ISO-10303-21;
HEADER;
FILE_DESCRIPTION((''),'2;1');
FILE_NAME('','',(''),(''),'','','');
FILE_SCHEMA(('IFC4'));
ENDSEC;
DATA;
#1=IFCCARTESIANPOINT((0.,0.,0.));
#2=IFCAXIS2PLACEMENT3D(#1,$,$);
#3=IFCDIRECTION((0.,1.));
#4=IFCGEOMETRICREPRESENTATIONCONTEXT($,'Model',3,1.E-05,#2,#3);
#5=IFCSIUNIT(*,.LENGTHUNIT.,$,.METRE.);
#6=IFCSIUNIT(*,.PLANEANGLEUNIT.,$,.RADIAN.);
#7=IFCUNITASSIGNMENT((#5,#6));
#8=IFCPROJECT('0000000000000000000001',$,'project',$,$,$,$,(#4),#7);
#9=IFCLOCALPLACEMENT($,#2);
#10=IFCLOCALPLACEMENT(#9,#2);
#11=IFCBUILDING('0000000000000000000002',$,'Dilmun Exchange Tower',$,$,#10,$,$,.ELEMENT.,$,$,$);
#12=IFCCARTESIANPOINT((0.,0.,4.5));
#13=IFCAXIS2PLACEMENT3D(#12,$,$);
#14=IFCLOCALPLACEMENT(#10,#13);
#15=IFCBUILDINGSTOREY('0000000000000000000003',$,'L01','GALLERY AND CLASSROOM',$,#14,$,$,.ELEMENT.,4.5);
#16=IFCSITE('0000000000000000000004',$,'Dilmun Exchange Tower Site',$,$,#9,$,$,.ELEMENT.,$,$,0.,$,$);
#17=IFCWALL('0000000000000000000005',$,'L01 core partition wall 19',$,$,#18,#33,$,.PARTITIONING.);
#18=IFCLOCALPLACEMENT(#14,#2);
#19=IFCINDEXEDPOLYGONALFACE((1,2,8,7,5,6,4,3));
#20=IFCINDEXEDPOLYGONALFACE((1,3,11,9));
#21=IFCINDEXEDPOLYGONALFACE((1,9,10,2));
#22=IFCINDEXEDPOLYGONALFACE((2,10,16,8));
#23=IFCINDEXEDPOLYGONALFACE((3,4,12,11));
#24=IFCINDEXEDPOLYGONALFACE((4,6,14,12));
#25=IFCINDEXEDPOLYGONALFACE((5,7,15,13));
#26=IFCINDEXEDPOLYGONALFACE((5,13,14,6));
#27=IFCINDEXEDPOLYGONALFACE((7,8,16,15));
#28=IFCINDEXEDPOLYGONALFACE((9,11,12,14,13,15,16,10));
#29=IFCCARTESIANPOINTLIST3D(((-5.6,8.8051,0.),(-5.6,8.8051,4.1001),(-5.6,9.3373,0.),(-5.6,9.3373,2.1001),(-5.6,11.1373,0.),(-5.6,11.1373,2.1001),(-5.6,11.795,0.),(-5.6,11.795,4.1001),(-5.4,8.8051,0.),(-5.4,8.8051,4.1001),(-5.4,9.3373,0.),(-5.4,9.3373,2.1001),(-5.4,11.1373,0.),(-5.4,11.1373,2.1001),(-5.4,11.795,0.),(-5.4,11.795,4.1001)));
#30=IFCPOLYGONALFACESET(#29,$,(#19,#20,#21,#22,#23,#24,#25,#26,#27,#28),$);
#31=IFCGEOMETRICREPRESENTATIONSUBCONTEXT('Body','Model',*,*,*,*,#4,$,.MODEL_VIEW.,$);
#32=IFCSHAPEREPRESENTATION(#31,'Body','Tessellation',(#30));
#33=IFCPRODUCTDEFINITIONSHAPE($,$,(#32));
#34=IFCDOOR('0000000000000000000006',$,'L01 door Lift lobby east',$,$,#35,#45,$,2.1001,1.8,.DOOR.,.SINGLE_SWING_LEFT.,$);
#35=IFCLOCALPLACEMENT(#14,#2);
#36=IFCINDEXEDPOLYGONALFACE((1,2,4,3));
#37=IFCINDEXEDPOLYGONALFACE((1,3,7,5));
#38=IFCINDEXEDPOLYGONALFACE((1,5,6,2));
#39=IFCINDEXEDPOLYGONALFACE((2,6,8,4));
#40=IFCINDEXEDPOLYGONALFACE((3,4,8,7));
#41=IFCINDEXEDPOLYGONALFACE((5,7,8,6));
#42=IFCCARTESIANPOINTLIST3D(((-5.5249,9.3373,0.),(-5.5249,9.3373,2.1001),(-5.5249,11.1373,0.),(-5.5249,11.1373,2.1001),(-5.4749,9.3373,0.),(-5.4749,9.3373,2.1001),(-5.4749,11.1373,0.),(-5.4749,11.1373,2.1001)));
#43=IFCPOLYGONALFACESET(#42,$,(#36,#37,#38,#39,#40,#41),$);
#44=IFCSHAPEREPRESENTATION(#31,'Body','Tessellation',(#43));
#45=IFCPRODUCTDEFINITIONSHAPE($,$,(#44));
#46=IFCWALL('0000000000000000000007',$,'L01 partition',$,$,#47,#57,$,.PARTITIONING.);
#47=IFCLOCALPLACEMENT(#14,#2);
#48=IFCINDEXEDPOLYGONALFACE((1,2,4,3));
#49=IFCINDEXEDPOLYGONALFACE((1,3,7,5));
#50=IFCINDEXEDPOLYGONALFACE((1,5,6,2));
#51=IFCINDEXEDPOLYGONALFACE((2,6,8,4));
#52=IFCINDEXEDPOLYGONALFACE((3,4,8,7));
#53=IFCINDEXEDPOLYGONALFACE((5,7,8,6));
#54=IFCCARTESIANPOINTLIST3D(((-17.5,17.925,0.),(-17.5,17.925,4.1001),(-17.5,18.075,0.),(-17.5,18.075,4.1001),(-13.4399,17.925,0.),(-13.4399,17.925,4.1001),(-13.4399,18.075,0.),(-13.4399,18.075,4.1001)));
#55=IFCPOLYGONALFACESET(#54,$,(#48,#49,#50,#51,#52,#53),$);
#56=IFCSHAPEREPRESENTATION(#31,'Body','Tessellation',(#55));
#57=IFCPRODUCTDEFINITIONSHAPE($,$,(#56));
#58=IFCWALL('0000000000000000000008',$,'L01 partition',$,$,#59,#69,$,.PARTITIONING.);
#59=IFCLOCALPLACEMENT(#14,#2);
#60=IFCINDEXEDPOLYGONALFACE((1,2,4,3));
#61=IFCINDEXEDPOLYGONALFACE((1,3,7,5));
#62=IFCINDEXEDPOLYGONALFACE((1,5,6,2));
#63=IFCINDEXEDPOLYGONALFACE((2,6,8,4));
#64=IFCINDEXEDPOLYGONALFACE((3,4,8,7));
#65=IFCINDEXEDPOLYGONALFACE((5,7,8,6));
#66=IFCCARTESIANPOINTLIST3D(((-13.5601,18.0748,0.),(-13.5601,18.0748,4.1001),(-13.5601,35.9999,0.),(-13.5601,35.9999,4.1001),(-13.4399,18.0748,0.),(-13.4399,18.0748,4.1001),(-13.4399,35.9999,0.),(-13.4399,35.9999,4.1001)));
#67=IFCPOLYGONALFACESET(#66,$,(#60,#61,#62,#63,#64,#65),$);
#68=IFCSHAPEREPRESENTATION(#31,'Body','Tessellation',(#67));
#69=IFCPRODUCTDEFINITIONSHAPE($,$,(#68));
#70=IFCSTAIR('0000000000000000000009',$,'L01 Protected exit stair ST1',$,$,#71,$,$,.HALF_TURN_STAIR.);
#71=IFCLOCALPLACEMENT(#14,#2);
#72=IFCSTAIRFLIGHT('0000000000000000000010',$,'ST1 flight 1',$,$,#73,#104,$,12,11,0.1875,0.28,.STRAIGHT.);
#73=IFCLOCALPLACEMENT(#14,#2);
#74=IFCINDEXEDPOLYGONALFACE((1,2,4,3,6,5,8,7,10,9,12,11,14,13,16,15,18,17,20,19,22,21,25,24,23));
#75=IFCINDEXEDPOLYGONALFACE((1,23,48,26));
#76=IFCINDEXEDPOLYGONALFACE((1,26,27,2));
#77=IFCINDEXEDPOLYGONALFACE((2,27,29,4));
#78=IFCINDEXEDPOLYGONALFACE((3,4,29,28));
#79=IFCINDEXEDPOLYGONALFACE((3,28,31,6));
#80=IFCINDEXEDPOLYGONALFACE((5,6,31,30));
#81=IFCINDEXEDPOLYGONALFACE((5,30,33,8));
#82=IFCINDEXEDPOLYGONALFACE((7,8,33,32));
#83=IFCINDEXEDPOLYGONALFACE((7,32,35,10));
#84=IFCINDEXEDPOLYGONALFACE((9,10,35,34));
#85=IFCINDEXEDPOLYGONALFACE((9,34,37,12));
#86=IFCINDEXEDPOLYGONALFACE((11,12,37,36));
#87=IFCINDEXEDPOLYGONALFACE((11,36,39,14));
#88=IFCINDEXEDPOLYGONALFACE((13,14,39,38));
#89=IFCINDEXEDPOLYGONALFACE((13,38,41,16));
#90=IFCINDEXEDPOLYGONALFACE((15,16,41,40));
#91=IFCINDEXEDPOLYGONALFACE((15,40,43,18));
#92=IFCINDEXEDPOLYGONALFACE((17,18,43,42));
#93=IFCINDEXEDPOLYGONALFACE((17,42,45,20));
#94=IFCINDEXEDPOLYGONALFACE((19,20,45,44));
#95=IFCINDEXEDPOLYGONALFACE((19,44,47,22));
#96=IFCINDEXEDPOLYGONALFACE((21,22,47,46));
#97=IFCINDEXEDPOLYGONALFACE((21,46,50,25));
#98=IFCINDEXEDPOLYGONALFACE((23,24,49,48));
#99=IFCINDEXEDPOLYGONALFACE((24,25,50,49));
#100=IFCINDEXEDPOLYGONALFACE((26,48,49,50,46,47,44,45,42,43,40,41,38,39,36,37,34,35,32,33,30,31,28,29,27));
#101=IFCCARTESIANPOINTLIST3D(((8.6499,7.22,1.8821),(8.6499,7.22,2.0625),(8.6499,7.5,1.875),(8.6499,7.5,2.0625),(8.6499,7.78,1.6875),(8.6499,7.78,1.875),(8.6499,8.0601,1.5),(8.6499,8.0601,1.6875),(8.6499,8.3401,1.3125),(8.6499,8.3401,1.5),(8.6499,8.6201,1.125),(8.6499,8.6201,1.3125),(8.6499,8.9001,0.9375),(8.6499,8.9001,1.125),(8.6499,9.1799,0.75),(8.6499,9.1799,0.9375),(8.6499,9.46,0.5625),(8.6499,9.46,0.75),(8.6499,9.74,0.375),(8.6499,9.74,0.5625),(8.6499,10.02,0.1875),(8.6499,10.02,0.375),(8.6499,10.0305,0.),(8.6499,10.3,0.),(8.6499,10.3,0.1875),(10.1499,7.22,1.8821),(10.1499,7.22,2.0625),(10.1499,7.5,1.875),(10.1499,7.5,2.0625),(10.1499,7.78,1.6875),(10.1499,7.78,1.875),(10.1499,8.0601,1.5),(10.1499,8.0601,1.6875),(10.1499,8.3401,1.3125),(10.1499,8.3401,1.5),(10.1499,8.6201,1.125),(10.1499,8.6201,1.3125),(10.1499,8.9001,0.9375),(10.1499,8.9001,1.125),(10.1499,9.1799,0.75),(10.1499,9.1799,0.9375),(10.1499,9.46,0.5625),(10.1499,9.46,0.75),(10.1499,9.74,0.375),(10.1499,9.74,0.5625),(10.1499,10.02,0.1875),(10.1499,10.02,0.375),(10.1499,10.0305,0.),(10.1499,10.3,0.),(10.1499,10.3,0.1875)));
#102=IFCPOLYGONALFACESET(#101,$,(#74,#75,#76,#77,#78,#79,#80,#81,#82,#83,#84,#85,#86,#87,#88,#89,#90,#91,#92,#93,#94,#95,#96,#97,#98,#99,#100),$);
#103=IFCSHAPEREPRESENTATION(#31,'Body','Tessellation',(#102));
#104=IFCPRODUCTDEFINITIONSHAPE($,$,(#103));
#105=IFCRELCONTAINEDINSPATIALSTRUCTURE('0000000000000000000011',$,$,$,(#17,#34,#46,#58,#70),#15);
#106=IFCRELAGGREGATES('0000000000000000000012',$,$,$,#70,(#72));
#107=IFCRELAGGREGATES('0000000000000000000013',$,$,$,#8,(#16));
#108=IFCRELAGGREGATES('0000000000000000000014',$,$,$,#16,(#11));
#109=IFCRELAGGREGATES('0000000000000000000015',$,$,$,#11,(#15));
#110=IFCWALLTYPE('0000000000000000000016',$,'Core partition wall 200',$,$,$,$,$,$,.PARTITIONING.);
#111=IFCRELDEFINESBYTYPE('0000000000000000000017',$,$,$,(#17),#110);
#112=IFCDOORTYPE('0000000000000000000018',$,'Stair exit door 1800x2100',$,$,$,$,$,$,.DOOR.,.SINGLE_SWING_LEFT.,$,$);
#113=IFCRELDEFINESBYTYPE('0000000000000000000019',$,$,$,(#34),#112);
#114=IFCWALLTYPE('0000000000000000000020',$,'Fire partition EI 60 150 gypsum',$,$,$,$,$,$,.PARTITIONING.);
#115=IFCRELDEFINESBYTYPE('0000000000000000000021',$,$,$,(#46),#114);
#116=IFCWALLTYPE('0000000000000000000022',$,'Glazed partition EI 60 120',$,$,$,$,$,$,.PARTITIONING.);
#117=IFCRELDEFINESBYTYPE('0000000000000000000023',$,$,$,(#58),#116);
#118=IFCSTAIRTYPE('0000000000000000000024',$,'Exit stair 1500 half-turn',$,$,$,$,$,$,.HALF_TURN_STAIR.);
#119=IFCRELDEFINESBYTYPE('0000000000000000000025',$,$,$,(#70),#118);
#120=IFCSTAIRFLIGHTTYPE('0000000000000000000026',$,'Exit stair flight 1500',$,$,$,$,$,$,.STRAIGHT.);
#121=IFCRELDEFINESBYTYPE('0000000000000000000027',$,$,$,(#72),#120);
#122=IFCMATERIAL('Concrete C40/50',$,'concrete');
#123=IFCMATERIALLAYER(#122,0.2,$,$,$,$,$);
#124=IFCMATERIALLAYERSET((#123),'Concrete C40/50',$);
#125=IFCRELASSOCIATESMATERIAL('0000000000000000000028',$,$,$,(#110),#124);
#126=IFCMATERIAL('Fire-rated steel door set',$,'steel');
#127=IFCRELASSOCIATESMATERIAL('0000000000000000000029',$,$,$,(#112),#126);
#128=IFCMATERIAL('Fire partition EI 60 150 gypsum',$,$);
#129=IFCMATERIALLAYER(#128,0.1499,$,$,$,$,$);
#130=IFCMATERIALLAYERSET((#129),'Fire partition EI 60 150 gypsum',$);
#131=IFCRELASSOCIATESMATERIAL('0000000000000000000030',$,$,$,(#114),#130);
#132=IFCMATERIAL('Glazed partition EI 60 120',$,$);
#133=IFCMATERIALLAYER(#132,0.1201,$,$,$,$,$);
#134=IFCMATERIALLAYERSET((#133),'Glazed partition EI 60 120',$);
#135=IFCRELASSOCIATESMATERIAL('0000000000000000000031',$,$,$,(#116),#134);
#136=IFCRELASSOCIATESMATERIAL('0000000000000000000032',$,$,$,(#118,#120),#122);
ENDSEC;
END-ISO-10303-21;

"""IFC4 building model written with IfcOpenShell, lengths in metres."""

from ifc_helpers import new_model, si_unit, direction, frame, frame_2d, origin, place, context, subcontext, project, spatial, polyline, rectangle, outline, extrude, material, layer, layer_set, type_object, element, fill, aggregate, save


model = new_model("IFC4")

# Units and contexts
model_context = context("Model", 3, precision=1e-05, world=origin(), true_north=direction((0.0, 1.0)))
body_context = subcontext(model_context, "Body", "Model", "MODEL_VIEW")
ifc_project = project(units=[si_unit("LENGTHUNIT", "METRE"), si_unit("PLANEANGLEUNIT", "RADIAN")], contexts=[model_context])

# Site, building, storey
site_placement = place(None, origin())
site = spatial("IfcSite", under=ifc_project, at=site_placement, Name="Dilmun Exchange Tower Site", CompositionType="ELEMENT", RefElevation=0.0)
building_placement = place(site_placement, origin())
building = spatial("IfcBuilding", under=site, at=building_placement, Name="Dilmun Exchange Tower", CompositionType="ELEMENT")
storey_placement = place(building_placement, frame((0.0, 0.0, 4.5)))
storey = spatial("IfcBuildingStorey", under=building, at=storey_placement, Name="L01", Description="GALLERY AND CLASSROOM", CompositionType="ELEMENT", Elevation=4.5)

# Wall, opening, door
ifc_material_1 = material(Name="Concrete C40/50", Category="concrete")
ifc_layer_1 = layer(ifc_material_1, 0.2)
ifc_layer_set_1 = layer_set([ifc_layer_1], Name="Concrete C40/50")
wall_type_1 = type_object("IfcWallType", Name="Core partition wall 200", PredefinedType="PARTITIONING", material=ifc_layer_set_1)
wall_1_placement = place(storey_placement, frame((-5.5, 8.8049, 0.0), z_axis=(0.0, 0.0, 1.0), x_axis=(0.0, 1.0, 0.0)))
wall_1 = element("IfcWall", 1, at=wall_1_placement, inside=storey, type_object=wall_type_1, Name="L01 core partition wall 19", PredefinedType="PARTITIONING", context=body_context, shape_type="SweptSolid", body=[
    extrude(rectangle(XDim=2.99, YDim=0.2, at=frame_2d((1.4951, 0.0))), origin(), (0.0, 0.0, 1.0), 4.1001),
])
opening_1_placement = place(wall_1_placement, frame((0.5325, 0.0, 0.0)))
opening_1 = element("IfcOpeningElement", 2, at=opening_1_placement, cuts=wall_1, PredefinedType="OPENING", context=body_context, shape_type="SweptSolid", body=[
    extrude(rectangle(XDim=1.8, YDim=2.1001, at=frame_2d((0.8999, 1.05))), frame((0.0, 0.1099, 0.0), z_axis=(0.0, -1.0, 0.0), x_axis=(1.0, 0.0, 0.0)), (0.0, 0.0, 1.0), 0.22),
])
ifc_material_2 = material(Name="Fire-rated steel door set", Category="steel")
door_type_1 = type_object("IfcDoorType", Name="Stair exit door 1800x2100", OperationType="SINGLE_SWING_LEFT", PredefinedType="DOOR", material=ifc_material_2)
door_1_placement = place(opening_1_placement, origin())
door_1 = element("IfcDoor", 3, at=door_1_placement, inside=storey, type_object=door_type_1, Name="L01 door Lift lobby east", OperationType="SINGLE_SWING_LEFT", OverallHeight=2.1001, OverallWidth=1.8, PredefinedType="DOOR", context=body_context, shape_type="SweptSolid", body=[
    extrude(rectangle(XDim=1.8, YDim=2.1001, at=frame_2d((0.8999, 1.05))), frame((0.0, 0.0249, 0.0), z_axis=(0.0, -1.0, 0.0), x_axis=(1.0, 0.0, 0.0)), (0.0, 0.0, 1.0), 0.05),
])
fill(opening_1, door_1)

# Walls
ifc_material_3 = material(Name="Fire partition EI 60 150 gypsum")
ifc_layer_2 = layer(ifc_material_3, 0.1499)
ifc_layer_set_2 = layer_set([ifc_layer_2], Name="Fire partition EI 60 150 gypsum")
wall_type_2 = type_object("IfcWallType", Name="Fire partition EI 60 150 gypsum", PredefinedType="PARTITIONING", material=ifc_layer_set_2)
wall_2_placement = place(storey_placement, frame((-17.5, 18.0, 0.0), z_axis=(0.0, 0.0, 1.0), x_axis=(1.0, 0.0, 0.0)))
element("IfcWall", 4, at=wall_2_placement, inside=storey, type_object=wall_type_2, Name="L01 partition", PredefinedType="PARTITIONING", context=body_context, shape_type="SweptSolid", body=[
    extrude(rectangle(XDim=4.0601, YDim=0.1499, at=frame_2d((2.03, 0.0))), origin(), (0.0, 0.0, 1.0), 4.1001),
])
ifc_material_4 = material(Name="Glazed partition EI 60 120")
ifc_layer_3 = layer(ifc_material_4, 0.1201)
ifc_layer_set_3 = layer_set([ifc_layer_3], Name="Glazed partition EI 60 120")
wall_type_3 = type_object("IfcWallType", Name="Glazed partition EI 60 120", PredefinedType="PARTITIONING", material=ifc_layer_set_3)
wall_3_placement = place(storey_placement, frame((-13.5, 18.075, 0.0), z_axis=(0.0, 0.0, 1.0), x_axis=(0.0, 1.0, 0.0)))
element("IfcWall", 5, at=wall_3_placement, inside=storey, type_object=wall_type_3, Name="L01 partition", PredefinedType="PARTITIONING", context=body_context, shape_type="SweptSolid", body=[
    extrude(rectangle(XDim=17.925, YDim=0.1201, at=frame_2d((8.9624, 0.0))), origin(), (0.0, 0.0, 1.0), 4.1001),
])

# Stair, stair flight
stair_type = type_object("IfcStairType", Name="Exit stair 1500 half-turn", PredefinedType="HALF_TURN_STAIR", material=ifc_material_1)
stair_placement = place(storey_placement, origin())
stair = element("IfcStair", 6, at=stair_placement, inside=storey, type_object=stair_type, Name="L01 Protected exit stair ST1", PredefinedType="HALF_TURN_STAIR")
stair_flight_type = type_object("IfcStairFlightType", Name="Exit stair flight 1500", PredefinedType="STRAIGHT", material=ifc_material_1)
stair_flight_placement = place(storey_placement, frame((9.3999, 10.3, 0.0), z_axis=(0.0, 0.0, 1.0), x_axis=(0.0, -1.0, 0.0)))
stair_flight = element("IfcStairFlight", 7, at=stair_flight_placement, type_object=stair_flight_type, Name="ST1 flight 1", NumberOfRisers=12, NumberOfTreads=11, PredefinedType="STRAIGHT", RiserHeight=0.1875, TreadLength=0.28, context=body_context, shape_type="SweptSolid", body=[
    extrude(outline(polyline([(0.0, 0.0), (0.0, 0.1875), (0.28, 0.1875), (0.28, 0.375), (0.5601, 0.375), (0.5601, 0.5625), (0.8401, 0.5625), (0.8401, 0.75), (1.1201, 0.75), (1.1201, 0.9375), (1.3999, 0.9375), (1.3999, 1.125), (1.6799, 1.125), (1.6799, 1.3125), (1.96, 1.3125), (1.96, 1.5), (2.24, 1.5), (2.24, 1.6875), (2.52, 1.6875), (2.52, 1.875), (2.8, 1.875), (2.8, 2.0625), (3.0801, 2.0625), (3.0801, 2.25), (3.0801, 1.8821), (0.2695, 0.0), (0.0, 0.0)])), frame((0.0, 0.75, 0.0), z_axis=(0.0, -1.0, 0.0), x_axis=(1.0, 0.0, 0.0)), (0.0, 0.0, 1.0), 1.5),
])
aggregate(stair, [stair_flight])

save(model, "model.ifc")
